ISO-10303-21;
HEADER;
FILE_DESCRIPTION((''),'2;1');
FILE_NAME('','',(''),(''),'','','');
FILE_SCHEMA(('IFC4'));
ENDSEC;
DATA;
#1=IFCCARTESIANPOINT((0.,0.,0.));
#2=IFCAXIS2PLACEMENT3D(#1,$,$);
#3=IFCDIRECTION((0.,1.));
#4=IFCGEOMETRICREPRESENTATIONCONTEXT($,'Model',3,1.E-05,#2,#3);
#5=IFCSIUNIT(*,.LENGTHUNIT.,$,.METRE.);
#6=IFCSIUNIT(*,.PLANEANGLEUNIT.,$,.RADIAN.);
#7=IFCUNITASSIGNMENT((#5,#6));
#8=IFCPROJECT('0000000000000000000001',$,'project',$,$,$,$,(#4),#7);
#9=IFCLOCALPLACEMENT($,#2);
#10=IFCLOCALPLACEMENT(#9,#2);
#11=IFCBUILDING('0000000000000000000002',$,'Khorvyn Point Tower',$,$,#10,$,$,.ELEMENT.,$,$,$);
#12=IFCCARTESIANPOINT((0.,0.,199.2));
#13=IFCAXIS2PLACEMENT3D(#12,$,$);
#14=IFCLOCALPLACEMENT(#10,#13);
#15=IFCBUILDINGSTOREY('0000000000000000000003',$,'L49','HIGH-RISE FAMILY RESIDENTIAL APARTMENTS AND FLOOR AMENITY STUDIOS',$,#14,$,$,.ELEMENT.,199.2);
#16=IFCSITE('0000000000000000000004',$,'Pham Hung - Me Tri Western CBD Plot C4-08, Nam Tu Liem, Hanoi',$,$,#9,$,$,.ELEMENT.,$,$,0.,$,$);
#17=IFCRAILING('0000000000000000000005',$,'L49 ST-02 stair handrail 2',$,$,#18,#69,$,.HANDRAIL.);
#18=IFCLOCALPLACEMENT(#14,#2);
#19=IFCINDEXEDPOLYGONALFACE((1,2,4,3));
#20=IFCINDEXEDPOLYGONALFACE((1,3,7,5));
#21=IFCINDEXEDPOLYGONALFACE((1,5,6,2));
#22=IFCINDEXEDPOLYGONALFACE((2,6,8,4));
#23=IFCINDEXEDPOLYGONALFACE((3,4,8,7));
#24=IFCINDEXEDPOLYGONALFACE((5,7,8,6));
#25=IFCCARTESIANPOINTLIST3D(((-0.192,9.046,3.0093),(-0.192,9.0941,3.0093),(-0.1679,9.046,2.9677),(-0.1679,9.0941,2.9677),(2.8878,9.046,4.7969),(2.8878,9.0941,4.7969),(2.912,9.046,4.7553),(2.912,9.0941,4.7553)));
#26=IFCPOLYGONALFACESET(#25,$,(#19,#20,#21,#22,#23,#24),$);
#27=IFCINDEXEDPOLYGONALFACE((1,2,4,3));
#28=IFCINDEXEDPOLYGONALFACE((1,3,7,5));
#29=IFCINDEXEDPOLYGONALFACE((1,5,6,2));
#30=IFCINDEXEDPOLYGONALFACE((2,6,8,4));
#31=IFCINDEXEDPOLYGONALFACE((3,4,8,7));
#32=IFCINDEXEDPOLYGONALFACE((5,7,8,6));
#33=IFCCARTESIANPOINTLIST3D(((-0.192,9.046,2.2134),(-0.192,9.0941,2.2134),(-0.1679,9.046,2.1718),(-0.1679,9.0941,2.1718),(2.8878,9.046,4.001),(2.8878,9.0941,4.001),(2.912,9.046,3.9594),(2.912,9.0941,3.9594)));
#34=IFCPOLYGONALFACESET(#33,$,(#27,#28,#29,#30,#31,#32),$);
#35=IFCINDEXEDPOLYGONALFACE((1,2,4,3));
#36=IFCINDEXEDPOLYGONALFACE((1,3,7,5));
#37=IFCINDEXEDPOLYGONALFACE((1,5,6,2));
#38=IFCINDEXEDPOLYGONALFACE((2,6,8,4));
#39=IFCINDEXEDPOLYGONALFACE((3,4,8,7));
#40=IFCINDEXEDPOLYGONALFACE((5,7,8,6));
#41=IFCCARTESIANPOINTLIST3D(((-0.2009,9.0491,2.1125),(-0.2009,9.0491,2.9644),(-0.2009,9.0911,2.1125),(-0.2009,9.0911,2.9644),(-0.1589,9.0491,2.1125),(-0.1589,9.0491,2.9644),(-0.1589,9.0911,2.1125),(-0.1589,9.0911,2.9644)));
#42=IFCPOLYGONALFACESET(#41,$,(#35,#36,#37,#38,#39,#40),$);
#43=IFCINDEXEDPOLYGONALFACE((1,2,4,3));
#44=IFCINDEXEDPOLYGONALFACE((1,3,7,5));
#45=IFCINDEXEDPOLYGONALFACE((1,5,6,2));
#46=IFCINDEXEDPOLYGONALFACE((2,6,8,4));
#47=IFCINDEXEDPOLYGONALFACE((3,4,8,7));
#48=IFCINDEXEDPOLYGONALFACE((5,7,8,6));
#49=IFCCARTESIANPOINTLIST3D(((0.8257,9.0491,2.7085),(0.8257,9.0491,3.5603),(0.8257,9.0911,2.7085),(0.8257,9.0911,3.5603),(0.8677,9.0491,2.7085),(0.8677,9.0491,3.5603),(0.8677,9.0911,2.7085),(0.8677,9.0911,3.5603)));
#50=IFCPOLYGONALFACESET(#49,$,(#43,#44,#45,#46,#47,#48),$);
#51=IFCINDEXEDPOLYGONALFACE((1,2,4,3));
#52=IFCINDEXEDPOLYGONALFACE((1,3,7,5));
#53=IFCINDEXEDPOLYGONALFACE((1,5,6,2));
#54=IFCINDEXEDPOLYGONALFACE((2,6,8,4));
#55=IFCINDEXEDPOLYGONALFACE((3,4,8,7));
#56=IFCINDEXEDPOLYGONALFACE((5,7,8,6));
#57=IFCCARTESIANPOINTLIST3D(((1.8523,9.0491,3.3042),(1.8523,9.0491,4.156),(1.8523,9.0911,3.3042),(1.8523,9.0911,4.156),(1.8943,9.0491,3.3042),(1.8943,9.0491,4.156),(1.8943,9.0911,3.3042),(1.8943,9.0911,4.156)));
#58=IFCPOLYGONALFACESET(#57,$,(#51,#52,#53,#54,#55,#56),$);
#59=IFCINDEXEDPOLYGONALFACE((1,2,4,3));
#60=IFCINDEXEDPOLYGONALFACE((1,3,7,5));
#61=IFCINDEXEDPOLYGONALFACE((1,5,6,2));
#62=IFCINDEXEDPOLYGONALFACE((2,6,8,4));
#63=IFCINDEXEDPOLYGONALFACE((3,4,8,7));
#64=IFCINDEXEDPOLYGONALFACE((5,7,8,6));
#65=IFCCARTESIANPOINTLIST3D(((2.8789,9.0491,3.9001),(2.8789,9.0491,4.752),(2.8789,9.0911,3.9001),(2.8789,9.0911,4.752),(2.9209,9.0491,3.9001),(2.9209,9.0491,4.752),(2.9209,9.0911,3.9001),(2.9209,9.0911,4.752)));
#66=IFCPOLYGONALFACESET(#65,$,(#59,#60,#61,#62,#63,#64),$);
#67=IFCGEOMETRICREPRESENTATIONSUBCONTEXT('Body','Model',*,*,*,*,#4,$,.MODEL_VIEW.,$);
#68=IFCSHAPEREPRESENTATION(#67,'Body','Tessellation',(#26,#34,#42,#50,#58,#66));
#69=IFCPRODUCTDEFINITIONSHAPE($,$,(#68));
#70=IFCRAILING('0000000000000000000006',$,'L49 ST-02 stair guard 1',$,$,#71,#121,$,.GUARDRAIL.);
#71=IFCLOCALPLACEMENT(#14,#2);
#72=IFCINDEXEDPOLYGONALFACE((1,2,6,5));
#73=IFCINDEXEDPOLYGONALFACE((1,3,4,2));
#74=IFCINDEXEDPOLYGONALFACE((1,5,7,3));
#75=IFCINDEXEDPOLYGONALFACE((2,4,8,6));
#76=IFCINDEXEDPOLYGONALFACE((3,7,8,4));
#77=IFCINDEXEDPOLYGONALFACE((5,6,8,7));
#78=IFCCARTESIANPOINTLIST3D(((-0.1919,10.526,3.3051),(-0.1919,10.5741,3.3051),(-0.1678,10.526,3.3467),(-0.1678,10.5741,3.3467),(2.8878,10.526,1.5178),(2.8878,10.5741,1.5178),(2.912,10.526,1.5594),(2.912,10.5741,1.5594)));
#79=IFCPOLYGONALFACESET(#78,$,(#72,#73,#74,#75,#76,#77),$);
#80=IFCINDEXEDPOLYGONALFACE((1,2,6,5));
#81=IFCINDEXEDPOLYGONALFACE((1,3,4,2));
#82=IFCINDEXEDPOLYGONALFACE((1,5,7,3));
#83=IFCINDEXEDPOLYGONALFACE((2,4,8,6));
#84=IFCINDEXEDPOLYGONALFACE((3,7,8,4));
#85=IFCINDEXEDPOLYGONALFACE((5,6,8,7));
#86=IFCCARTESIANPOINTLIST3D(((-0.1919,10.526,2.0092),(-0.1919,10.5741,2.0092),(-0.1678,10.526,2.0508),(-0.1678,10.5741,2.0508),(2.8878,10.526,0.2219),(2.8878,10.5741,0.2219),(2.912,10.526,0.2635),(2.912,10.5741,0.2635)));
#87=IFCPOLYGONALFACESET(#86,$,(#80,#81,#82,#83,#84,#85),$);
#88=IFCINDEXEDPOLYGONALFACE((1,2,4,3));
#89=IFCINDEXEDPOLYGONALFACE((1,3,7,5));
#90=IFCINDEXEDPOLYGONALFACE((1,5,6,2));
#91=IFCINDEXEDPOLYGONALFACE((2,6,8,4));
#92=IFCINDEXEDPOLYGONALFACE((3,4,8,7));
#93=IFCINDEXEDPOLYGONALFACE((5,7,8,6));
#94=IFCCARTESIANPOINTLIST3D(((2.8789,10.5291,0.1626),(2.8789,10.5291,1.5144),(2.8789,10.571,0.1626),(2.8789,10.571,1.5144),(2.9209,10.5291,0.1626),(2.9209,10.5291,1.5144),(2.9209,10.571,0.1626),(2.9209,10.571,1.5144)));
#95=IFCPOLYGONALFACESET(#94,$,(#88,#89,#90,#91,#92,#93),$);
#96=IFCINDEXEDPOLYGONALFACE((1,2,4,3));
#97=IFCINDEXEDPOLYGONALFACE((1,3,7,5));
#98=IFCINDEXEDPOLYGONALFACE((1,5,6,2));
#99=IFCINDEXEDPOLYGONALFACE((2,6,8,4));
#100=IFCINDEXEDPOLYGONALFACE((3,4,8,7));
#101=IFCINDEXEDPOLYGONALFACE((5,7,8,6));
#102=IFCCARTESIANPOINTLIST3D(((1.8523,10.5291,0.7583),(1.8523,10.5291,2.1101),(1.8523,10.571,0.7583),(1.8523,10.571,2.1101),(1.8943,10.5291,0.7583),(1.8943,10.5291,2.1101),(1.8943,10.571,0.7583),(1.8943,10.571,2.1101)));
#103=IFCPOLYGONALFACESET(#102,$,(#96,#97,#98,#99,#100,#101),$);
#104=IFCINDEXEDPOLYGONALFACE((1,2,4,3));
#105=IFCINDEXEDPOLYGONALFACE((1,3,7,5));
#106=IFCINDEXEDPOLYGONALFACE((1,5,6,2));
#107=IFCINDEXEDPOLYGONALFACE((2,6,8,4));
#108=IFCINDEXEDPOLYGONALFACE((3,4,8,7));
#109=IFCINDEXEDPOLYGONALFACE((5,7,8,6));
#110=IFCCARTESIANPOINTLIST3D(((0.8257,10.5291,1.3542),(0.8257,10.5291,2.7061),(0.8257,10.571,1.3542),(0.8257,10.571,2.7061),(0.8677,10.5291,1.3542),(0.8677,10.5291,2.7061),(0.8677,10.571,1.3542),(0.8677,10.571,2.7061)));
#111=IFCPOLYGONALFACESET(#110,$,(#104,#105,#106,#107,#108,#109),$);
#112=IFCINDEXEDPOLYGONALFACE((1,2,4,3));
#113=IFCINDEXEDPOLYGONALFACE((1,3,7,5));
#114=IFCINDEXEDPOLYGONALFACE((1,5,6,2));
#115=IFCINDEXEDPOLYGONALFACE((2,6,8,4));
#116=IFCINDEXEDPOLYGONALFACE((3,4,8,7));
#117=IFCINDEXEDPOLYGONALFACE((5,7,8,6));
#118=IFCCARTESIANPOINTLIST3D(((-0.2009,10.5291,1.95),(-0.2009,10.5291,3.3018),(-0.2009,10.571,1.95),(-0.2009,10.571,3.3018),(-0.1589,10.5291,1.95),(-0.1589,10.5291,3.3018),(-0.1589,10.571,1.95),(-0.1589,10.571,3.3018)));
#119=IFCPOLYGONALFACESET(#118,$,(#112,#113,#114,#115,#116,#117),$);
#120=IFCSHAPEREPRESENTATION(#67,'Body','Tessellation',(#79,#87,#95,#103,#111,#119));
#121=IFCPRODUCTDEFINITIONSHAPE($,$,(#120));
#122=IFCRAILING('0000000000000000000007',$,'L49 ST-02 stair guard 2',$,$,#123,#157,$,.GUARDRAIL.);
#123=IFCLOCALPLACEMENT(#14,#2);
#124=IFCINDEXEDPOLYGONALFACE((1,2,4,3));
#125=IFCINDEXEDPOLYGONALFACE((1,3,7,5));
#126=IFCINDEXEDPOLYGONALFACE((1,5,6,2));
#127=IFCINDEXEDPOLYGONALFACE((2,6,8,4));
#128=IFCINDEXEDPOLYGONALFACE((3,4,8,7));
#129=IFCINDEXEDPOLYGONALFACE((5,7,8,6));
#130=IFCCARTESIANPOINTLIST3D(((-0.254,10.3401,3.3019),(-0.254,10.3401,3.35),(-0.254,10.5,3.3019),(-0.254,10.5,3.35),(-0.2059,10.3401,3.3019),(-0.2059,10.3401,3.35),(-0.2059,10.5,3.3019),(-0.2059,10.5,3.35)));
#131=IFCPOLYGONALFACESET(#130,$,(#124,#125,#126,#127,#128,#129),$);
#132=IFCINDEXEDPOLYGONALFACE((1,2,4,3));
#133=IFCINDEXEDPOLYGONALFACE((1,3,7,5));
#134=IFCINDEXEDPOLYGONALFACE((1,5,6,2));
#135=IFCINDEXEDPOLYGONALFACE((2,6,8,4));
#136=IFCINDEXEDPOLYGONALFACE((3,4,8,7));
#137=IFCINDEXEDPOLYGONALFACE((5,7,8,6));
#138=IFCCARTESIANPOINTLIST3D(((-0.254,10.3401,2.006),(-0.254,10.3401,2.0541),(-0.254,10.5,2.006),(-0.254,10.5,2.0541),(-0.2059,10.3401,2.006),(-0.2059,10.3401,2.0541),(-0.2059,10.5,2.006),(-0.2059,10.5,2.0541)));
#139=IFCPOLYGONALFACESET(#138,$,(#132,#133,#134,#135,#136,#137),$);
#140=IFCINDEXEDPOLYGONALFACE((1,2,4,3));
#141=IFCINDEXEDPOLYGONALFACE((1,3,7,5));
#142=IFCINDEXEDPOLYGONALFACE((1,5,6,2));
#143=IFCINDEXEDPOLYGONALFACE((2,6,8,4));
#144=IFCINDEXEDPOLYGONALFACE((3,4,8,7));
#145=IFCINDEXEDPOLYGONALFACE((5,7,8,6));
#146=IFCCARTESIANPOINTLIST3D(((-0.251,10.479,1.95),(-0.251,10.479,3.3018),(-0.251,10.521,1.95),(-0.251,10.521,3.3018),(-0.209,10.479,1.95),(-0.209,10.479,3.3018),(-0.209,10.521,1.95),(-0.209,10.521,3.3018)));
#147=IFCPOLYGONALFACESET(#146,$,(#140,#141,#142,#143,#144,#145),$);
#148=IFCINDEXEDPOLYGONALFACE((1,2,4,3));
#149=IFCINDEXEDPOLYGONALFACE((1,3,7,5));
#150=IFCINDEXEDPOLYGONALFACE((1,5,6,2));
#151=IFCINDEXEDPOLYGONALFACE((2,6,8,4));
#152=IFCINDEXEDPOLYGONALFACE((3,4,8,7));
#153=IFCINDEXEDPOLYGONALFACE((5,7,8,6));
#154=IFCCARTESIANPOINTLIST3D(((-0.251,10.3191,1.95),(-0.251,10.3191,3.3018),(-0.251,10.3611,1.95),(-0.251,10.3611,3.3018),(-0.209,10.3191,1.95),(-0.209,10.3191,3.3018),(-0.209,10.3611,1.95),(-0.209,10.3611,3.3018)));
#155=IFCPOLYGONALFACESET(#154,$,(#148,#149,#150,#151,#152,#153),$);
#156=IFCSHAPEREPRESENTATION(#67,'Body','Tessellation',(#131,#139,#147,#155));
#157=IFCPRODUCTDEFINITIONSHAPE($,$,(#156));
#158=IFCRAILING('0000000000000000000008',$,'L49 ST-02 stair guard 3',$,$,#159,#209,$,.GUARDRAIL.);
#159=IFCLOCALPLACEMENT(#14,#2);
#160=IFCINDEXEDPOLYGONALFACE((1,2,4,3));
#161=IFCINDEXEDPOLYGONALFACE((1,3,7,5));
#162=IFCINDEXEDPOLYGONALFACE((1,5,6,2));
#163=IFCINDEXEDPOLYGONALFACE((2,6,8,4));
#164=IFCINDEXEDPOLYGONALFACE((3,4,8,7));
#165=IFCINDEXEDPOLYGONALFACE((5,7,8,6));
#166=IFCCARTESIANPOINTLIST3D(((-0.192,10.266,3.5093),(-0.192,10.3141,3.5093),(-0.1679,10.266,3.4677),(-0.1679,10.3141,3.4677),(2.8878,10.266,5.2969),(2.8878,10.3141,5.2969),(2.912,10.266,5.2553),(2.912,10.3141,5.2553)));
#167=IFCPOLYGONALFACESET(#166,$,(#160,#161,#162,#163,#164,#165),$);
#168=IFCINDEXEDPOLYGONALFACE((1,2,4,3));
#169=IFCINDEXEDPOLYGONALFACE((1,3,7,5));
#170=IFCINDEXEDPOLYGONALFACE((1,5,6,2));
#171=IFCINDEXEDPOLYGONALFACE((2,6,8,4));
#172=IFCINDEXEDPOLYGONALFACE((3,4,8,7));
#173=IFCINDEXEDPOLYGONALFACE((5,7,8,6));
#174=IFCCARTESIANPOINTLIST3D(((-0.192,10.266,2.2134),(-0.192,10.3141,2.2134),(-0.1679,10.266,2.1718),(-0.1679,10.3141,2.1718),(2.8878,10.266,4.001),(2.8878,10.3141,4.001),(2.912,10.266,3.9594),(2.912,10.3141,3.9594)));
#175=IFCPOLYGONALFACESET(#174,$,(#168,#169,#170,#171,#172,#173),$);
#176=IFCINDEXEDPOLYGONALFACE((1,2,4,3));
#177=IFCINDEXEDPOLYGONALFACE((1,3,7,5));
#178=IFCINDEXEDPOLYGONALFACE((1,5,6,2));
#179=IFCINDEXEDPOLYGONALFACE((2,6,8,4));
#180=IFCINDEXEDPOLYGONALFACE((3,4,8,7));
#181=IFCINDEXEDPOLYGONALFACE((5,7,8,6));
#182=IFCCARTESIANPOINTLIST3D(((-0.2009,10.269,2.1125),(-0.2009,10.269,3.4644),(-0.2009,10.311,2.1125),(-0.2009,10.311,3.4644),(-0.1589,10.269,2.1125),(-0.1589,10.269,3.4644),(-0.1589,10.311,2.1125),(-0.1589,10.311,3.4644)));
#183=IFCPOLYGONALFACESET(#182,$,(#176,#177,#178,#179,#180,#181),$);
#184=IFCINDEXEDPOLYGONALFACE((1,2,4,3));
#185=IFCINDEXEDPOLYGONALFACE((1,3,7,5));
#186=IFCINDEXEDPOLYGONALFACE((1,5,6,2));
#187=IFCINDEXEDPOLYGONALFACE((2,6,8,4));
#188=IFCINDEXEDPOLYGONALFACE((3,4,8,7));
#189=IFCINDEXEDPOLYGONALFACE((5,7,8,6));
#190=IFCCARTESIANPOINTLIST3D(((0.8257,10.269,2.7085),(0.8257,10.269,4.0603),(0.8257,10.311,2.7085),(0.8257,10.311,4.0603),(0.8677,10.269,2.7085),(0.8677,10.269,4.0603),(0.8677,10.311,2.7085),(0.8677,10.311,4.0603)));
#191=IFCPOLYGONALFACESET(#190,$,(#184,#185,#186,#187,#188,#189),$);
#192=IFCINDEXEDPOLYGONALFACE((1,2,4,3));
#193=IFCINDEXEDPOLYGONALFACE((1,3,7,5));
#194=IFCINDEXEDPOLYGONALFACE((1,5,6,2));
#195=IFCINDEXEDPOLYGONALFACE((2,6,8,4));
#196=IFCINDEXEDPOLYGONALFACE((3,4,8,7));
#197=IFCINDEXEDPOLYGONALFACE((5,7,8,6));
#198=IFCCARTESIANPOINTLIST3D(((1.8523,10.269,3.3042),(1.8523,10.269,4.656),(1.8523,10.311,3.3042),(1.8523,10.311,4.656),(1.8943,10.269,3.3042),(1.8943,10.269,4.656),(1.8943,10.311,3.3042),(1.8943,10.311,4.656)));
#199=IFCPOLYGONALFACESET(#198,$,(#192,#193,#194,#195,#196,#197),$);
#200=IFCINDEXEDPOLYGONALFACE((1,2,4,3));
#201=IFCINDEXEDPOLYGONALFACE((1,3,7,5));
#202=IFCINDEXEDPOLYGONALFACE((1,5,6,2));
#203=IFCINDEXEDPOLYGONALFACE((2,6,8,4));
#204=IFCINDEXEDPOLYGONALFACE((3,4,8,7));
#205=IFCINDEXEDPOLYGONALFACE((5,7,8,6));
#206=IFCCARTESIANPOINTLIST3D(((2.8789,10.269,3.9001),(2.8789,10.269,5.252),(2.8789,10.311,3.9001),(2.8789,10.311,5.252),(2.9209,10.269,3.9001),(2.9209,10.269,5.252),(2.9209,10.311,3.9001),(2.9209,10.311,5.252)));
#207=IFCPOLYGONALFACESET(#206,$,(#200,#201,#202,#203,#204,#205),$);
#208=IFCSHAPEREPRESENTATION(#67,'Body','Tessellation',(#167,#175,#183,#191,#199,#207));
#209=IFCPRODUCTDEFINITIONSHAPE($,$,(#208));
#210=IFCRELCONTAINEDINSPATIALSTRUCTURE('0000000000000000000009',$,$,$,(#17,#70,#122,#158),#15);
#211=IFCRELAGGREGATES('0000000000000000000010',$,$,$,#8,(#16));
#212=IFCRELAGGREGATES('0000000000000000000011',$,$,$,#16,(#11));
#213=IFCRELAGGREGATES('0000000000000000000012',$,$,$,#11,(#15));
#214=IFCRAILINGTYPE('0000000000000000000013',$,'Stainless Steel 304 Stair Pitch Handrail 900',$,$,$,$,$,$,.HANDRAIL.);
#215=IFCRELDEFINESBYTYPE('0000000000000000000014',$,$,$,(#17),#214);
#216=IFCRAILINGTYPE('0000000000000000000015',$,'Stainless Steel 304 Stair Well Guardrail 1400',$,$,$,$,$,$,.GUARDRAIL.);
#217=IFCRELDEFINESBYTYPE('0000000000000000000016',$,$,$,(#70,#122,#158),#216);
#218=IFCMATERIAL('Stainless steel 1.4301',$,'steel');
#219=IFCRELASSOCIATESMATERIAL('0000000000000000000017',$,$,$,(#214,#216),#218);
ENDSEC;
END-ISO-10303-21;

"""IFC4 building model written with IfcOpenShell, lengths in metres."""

from ifc_helpers import new_model, si_unit, direction, frame, origin, origin_2d, place, context, subcontext, project, spatial, rectangle, extrude, material, type_object, element, save


model = new_model("IFC4")

# Units and contexts
model_context = context("Model", 3, precision=1e-05, world=origin(), true_north=direction((0.0, 1.0)))
body_context = subcontext(model_context, "Body", "Model", "MODEL_VIEW")
ifc_project = project(units=[si_unit("LENGTHUNIT", "METRE"), si_unit("PLANEANGLEUNIT", "RADIAN")], contexts=[model_context])

# Site, building, storey
site_placement = place(None, origin())
site = spatial("IfcSite", under=ifc_project, at=site_placement, Name="Pham Hung - Me Tri Western CBD Plot C4-08, Nam Tu Liem, Hanoi", CompositionType="ELEMENT", RefElevation=0.0)
building_placement = place(site_placement, origin())
building = spatial("IfcBuilding", under=site, at=building_placement, Name="Khorvyn Point Tower", CompositionType="ELEMENT")
storey_placement = place(building_placement, frame((0.0, 0.0, 199.2)))
storey = spatial("IfcBuildingStorey", under=building, at=storey_placement, Name="L49", Description="HIGH-RISE FAMILY RESIDENTIAL APARTMENTS AND FLOOR AMENITY STUDIOS", CompositionType="ELEMENT", Elevation=199.2)

# Railings
ifc_material_1 = material(Name="Stainless steel 1.4301", Category="steel")
railing_type_1 = type_object("IfcRailingType", Name="Stainless Steel 304 Stair Pitch Handrail 900", PredefinedType="HANDRAIL", material=ifc_material_1)
railing_1_placement = place(storey_placement, frame((-0.1799, 9.0701, 2.1125)))
element("IfcRailing", 1, at=railing_1_placement, inside=storey, type_object=railing_type_1, Name="L49 ST-02 stair handrail 2", PredefinedType="HANDRAIL", context=body_context, shape_type="SweptSolid", body=[
    extrude(rectangle(XDim=0.0481, YDim=0.0481, at=origin_2d()), frame((0.0, 0.0, 0.876), z_axis=(0.864873, 0.0, 0.50199), x_axis=(0.0, 1.0, 0.0)), (0.0, 0.0, 1.0), 3.561),
    extrude(rectangle(XDim=0.0481, YDim=0.0481, at=origin_2d()), frame((0.0, 0.0, 0.0801), z_axis=(0.864873, 0.0, 0.50199), x_axis=(0.0, 1.0, 0.0)), (0.0, 0.0, 1.0), 3.561),
    extrude(rectangle(XDim=0.042, YDim=0.042, at=origin_2d()), origin(), (0.0, 0.0, 1.0), 0.8518),
    extrude(rectangle(XDim=0.042, YDim=0.042, at=origin_2d()), frame((1.0266, 0.0, 0.5959)), (0.0, 0.0, 1.0), 0.8518),
    extrude(rectangle(XDim=0.042, YDim=0.042, at=origin_2d()), frame((2.0532, 0.0, 1.1917)), (0.0, 0.0, 1.0), 0.8518),
    extrude(rectangle(XDim=0.042, YDim=0.042, at=origin_2d()), frame((3.0798, 0.0, 1.7876)), (0.0, 0.0, 1.0), 0.8518),
])
railing_type_2 = type_object("IfcRailingType", Name="Stainless Steel 304 Stair Well Guardrail 1400", PredefinedType="GUARDRAIL", material=ifc_material_1)
railing_2_placement = place(storey_placement, frame((2.8999, 10.55, 0.1626)))
element("IfcRailing", 2, at=railing_2_placement, inside=storey, type_object=railing_type_2, Name="L49 ST-02 stair guard 1", PredefinedType="GUARDRAIL", context=body_context, shape_type="SweptSolid", body=[
    extrude(rectangle(XDim=0.0481, YDim=0.0481, at=origin_2d()), frame((0.0, 0.0, 1.376), z_axis=(-0.864903, 0.0, 0.501939), x_axis=(0.0, -1.0, 0.0)), (0.0, 0.0, 1.0), 3.5608),
    extrude(rectangle(XDim=0.0481, YDim=0.0481, at=origin_2d()), frame((0.0, 0.0, 0.0801), z_axis=(-0.864903, 0.0, 0.501939), x_axis=(0.0, -1.0, 0.0)), (0.0, 0.0, 1.0), 3.5608),
    extrude(rectangle(XDim=0.042, YDim=0.042, at=origin_2d()), origin(), (0.0, 0.0, 1.0), 1.3518),
    extrude(rectangle(XDim=0.042, YDim=0.042, at=origin_2d()), frame((-1.0266, 0.0, 0.5957)), (0.0, 0.0, 1.0), 1.3518),
    extrude(rectangle(XDim=0.042, YDim=0.042, at=origin_2d()), frame((-2.0532, 0.0, 1.1917)), (0.0, 0.0, 1.0), 1.3518),
    extrude(rectangle(XDim=0.042, YDim=0.042, at=origin_2d()), frame((-3.0798, 0.0, 1.7874)), (0.0, 0.0, 1.0), 1.3518),
])
railing_3_placement = place(storey_placement, frame((-0.23, 10.5, 1.95)))
element("IfcRailing", 3, at=railing_3_placement, inside=storey, type_object=railing_type_2, Name="L49 ST-02 stair guard 2", PredefinedType="GUARDRAIL", context=body_context, shape_type="SweptSolid", body=[
    extrude(rectangle(XDim=0.0481, YDim=0.0481, at=origin_2d()), frame((0.0, 0.0, 1.376), z_axis=(0.0, -1.0, 0.0), x_axis=(1.0, 0.0, 0.0)), (0.0, 0.0, 1.0), 0.1599),
    extrude(rectangle(XDim=0.0481, YDim=0.0481, at=origin_2d()), frame((0.0, 0.0, 0.0801), z_axis=(0.0, -1.0, 0.0), x_axis=(1.0, 0.0, 0.0)), (0.0, 0.0, 1.0), 0.1599),
    extrude(rectangle(XDim=0.042, YDim=0.042, at=origin_2d()), origin(), (0.0, 0.0, 1.0), 1.3518),
    extrude(rectangle(XDim=0.042, YDim=0.042, at=origin_2d()), frame((0.0, -0.1599, 0.0)), (0.0, 0.0, 1.0), 1.3518),
])
railing_4_placement = place(storey_placement, frame((-0.1799, 10.29, 2.1125)))
element("IfcRailing", 4, at=railing_4_placement, inside=storey, type_object=railing_type_2, Name="L49 ST-02 stair guard 3", PredefinedType="GUARDRAIL", context=body_context, shape_type="SweptSolid", body=[
    extrude(rectangle(XDim=0.0481, YDim=0.0481, at=origin_2d()), frame((0.0, 0.0, 1.376), z_axis=(0.864873, 0.0, 0.50199), x_axis=(0.0, 1.0, 0.0)), (0.0, 0.0, 1.0), 3.561),
    extrude(rectangle(XDim=0.0481, YDim=0.0481, at=origin_2d()), frame((0.0, 0.0, 0.0801), z_axis=(0.864873, 0.0, 0.50199), x_axis=(0.0, 1.0, 0.0)), (0.0, 0.0, 1.0), 3.561),
    extrude(rectangle(XDim=0.042, YDim=0.042, at=origin_2d()), origin(), (0.0, 0.0, 1.0), 1.3518),
    extrude(rectangle(XDim=0.042, YDim=0.042, at=origin_2d()), frame((1.0266, 0.0, 0.5959)), (0.0, 0.0, 1.0), 1.3518),
    extrude(rectangle(XDim=0.042, YDim=0.042, at=origin_2d()), frame((2.0532, 0.0, 1.1917)), (0.0, 0.0, 1.0), 1.3518),
    extrude(rectangle(XDim=0.042, YDim=0.042, at=origin_2d()), frame((3.0798, 0.0, 1.7876)), (0.0, 0.0, 1.0), 1.3518),
])

save(model, "model.ifc")
